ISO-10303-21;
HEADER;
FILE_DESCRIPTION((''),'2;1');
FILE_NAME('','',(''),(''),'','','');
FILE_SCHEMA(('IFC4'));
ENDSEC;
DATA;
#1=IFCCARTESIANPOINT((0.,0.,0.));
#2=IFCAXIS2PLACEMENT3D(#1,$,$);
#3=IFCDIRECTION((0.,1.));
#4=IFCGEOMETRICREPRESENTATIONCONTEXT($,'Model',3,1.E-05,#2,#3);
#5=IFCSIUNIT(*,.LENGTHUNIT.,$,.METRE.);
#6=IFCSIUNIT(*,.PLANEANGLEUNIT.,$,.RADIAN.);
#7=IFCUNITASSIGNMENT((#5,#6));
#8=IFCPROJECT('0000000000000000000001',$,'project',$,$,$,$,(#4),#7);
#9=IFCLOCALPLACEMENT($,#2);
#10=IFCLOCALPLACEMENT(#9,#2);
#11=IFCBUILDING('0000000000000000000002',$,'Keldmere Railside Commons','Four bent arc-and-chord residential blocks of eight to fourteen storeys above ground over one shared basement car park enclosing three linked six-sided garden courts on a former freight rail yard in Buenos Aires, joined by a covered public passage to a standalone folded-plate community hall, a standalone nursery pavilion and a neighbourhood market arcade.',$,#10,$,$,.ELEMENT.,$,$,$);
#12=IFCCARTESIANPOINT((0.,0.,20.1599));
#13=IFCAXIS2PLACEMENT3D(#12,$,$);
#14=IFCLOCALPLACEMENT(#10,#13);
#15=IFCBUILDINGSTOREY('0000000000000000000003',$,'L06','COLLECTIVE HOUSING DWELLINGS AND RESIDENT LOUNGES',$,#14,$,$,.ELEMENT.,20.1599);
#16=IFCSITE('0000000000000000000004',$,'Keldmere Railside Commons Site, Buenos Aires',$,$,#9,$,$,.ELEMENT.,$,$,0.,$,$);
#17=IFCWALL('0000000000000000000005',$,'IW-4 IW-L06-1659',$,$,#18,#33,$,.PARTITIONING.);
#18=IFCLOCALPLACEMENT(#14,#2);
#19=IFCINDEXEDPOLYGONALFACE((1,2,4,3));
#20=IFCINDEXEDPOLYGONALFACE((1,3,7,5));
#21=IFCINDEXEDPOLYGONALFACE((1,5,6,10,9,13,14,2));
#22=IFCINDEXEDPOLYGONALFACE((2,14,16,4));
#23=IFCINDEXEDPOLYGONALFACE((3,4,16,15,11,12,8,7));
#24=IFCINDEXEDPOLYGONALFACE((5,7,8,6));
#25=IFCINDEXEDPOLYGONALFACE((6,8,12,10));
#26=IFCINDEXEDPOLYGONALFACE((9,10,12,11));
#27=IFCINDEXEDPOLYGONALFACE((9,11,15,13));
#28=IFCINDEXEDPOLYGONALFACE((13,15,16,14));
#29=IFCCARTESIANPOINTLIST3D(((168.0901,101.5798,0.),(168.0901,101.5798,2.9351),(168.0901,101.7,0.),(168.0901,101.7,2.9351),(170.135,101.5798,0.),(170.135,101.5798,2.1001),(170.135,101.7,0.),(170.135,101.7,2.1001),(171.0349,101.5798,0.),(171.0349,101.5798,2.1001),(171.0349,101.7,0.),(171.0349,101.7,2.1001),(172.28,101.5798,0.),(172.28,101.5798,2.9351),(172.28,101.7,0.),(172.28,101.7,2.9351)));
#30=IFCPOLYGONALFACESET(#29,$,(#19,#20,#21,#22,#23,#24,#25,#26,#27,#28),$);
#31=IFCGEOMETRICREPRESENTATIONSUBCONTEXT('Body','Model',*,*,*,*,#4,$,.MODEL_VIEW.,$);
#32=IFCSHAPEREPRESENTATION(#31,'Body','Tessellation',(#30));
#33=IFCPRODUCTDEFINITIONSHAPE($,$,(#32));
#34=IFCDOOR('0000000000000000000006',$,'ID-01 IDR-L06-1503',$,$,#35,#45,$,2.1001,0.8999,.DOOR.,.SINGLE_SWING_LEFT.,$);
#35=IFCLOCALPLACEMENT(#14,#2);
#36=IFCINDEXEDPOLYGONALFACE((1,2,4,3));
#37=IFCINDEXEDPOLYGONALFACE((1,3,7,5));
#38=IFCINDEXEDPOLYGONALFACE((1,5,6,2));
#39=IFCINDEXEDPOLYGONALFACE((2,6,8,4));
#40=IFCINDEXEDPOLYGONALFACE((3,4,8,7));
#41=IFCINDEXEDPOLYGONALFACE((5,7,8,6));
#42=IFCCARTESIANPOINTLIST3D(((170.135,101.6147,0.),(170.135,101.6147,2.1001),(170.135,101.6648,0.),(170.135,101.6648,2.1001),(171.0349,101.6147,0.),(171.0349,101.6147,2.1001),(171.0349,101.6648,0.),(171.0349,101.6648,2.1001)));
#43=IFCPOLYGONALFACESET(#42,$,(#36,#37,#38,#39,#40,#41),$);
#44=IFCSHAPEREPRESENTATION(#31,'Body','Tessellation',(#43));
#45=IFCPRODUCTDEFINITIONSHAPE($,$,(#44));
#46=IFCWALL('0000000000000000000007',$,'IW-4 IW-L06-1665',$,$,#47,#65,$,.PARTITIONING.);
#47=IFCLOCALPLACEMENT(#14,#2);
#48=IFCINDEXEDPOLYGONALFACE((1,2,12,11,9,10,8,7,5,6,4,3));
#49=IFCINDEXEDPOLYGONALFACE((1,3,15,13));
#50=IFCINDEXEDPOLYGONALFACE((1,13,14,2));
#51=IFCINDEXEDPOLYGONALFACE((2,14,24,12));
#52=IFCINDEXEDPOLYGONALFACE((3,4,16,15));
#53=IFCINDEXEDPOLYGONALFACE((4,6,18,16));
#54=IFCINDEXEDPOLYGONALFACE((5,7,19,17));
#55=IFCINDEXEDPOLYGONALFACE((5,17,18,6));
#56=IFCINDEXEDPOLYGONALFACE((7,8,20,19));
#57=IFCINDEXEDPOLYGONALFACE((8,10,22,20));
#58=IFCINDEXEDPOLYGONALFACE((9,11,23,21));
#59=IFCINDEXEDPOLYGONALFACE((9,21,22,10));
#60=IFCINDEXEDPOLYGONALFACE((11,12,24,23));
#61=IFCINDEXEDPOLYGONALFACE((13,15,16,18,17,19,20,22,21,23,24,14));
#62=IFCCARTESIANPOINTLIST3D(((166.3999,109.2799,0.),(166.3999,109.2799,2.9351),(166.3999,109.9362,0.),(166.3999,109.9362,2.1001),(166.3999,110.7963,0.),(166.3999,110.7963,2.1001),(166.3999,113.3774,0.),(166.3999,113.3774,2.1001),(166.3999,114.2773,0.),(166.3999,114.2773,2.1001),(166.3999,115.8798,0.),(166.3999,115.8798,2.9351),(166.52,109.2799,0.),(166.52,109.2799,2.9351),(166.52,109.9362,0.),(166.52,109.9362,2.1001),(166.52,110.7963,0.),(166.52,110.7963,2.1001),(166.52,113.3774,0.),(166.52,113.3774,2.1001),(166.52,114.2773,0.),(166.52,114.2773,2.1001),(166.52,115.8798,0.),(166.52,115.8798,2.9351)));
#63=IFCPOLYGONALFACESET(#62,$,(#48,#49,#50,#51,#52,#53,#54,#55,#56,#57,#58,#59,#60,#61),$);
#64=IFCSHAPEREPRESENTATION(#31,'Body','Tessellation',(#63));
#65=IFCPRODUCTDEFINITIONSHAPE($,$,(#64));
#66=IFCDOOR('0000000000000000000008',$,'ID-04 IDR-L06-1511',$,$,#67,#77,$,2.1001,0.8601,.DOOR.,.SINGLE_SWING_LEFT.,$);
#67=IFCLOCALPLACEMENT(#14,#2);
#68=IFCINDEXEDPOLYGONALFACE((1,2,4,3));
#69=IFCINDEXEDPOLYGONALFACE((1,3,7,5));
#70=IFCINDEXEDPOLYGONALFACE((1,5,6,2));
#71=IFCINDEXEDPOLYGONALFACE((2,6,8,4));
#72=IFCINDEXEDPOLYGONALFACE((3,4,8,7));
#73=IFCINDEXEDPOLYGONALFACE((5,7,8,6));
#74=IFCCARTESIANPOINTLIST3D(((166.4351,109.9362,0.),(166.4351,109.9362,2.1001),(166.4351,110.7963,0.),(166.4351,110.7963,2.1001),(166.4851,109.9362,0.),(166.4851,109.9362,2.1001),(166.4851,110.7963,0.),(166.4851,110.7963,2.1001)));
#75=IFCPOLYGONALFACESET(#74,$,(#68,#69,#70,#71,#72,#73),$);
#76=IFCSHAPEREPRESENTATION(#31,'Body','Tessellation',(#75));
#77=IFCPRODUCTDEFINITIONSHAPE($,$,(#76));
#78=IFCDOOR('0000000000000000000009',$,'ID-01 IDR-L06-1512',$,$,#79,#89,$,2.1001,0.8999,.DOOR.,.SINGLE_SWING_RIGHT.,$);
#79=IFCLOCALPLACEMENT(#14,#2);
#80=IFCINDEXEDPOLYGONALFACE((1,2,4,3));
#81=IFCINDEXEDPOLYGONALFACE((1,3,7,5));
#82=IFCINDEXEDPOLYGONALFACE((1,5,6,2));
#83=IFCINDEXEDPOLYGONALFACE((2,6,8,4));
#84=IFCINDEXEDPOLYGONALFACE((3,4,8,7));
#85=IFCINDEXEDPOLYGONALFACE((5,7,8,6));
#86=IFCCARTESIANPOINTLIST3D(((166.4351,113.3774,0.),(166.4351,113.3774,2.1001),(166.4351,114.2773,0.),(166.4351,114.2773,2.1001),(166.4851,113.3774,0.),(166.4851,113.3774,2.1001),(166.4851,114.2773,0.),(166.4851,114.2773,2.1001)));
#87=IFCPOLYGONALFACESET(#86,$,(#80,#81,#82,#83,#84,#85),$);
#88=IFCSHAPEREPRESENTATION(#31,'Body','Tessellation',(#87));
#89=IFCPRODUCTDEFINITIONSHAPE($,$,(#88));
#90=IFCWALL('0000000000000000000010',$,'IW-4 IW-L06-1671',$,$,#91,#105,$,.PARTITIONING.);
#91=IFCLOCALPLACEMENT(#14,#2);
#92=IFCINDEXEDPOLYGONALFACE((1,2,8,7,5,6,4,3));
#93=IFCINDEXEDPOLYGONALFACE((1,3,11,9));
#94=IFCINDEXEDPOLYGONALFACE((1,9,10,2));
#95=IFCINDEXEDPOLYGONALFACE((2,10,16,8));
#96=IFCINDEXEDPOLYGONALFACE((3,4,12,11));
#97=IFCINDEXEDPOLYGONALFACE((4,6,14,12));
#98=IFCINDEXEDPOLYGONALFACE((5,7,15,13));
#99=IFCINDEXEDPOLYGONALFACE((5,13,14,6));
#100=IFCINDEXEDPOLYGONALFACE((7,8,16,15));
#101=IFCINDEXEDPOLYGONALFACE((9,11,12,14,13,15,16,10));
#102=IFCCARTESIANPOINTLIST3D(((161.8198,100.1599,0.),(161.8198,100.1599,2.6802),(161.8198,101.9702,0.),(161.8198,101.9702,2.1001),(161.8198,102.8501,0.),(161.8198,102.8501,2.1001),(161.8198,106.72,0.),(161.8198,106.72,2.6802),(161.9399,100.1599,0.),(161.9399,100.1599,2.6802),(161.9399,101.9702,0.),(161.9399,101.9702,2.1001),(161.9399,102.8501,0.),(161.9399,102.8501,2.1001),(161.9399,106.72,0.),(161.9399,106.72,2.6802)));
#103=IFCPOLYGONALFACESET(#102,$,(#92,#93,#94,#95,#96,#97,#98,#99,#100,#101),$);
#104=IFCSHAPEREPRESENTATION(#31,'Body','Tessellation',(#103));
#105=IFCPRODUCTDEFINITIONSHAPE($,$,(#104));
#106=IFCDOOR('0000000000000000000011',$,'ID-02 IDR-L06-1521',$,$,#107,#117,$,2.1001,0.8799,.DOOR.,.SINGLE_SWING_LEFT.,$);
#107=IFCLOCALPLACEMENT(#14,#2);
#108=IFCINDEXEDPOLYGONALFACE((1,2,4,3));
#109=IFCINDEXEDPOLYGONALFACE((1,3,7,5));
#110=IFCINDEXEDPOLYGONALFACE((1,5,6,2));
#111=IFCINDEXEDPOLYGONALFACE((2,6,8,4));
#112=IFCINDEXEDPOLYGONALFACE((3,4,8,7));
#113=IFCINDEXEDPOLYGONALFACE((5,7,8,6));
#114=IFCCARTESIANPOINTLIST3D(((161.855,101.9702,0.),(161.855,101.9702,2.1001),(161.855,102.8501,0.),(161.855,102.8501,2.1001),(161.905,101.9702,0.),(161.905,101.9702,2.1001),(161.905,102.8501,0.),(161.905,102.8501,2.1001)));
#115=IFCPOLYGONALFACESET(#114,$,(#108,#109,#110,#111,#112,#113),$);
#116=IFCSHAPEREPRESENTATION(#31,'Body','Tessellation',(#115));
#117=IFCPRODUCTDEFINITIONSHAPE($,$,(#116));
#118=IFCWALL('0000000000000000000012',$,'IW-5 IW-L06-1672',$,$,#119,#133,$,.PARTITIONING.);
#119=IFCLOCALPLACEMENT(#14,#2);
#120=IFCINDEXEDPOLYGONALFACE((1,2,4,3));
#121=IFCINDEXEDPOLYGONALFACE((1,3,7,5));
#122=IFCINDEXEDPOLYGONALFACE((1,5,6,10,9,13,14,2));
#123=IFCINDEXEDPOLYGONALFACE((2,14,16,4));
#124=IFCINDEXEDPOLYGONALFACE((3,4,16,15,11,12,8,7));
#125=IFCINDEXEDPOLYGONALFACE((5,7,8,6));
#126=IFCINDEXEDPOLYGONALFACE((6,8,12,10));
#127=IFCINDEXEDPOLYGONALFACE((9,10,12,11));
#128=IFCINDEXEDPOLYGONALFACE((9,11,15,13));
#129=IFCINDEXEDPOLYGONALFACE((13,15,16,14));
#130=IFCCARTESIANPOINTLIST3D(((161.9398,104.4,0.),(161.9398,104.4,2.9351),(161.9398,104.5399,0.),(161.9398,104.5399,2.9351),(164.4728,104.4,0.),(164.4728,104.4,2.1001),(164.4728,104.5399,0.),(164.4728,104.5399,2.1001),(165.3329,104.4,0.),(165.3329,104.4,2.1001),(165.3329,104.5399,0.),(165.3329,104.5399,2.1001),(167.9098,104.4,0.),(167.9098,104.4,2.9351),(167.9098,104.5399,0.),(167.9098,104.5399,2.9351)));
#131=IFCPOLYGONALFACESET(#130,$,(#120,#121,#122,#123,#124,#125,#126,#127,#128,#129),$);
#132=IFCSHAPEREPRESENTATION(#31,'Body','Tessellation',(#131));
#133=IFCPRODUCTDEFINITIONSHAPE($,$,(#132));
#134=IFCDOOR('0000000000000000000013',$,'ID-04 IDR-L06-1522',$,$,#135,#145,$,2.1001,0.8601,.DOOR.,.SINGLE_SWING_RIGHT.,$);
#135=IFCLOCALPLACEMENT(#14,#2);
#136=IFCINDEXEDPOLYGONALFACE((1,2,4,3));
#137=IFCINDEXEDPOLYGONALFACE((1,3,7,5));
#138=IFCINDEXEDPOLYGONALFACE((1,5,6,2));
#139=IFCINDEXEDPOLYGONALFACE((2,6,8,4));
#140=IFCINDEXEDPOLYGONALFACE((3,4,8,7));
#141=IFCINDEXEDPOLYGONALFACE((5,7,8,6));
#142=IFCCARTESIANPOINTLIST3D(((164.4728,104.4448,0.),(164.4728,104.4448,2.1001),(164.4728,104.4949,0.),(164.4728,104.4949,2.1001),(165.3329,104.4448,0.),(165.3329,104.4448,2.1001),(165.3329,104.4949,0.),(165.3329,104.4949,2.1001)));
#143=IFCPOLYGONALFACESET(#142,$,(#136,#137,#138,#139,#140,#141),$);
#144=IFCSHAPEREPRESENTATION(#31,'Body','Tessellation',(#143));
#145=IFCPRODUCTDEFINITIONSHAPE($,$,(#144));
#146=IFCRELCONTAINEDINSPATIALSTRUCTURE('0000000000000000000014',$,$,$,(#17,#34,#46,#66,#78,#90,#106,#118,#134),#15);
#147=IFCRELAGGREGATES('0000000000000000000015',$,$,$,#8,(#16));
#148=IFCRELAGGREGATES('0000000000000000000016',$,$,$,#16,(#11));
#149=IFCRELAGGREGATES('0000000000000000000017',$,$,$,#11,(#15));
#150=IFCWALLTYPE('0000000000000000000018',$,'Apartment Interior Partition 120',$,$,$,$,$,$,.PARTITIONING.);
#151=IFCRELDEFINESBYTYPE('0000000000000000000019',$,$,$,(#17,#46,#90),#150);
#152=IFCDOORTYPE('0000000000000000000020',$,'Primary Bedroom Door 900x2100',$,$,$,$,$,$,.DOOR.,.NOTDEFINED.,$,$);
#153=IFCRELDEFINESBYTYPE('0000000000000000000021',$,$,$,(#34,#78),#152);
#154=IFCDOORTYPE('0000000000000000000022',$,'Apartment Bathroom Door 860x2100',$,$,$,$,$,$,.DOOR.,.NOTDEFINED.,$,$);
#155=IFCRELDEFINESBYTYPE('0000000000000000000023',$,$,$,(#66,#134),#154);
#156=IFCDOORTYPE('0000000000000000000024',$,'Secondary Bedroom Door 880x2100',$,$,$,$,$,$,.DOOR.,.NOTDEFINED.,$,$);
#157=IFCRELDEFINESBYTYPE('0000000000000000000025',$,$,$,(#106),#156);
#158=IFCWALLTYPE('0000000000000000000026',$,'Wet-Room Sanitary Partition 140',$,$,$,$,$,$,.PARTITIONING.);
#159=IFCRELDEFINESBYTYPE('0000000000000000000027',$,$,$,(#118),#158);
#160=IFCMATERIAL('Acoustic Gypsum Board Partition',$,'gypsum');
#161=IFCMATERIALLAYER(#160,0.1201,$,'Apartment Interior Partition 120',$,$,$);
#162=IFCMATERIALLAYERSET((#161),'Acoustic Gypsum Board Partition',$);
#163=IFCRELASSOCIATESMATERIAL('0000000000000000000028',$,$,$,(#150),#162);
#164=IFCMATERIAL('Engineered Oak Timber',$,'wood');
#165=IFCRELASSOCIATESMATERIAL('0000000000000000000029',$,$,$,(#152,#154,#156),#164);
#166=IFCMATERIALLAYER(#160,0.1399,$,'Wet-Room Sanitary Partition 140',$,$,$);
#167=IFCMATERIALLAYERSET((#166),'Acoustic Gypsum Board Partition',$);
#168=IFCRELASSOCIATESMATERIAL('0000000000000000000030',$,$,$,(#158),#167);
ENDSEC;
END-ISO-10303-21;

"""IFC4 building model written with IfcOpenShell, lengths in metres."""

from ifc_helpers import new_model, si_unit, direction, frame, frame_2d, origin, place, context, subcontext, project, spatial, rectangle, extrude, material, layer, layer_set, type_object, element, fill, save


model = new_model("IFC4")

# Units and contexts
model_context = context("Model", 3, precision=1e-05, world=origin(), true_north=direction((0.0, 1.0)))
body_context = subcontext(model_context, "Body", "Model", "MODEL_VIEW")
ifc_project = project(units=[si_unit("LENGTHUNIT", "METRE"), si_unit("PLANEANGLEUNIT", "RADIAN")], contexts=[model_context])

# Site, building, storey
site_placement = place(None, origin())
site = spatial("IfcSite", under=ifc_project, at=site_placement, Name="Keldmere Railside Commons Site, Buenos Aires", CompositionType="ELEMENT", RefElevation=0.0)
building_placement = place(site_placement, origin())
building = spatial("IfcBuilding", under=site, at=building_placement, Name="Keldmere Railside Commons", Description="Four bent arc-and-chord residential blocks of eight to fourteen storeys above ground over one shared basement car park enclosing three linked six-sided garden courts on a former freight rail yard in Buenos Aires, joined by a covered public passage to a standalone folded-plate community hall, a standalone nursery pavilion and a neighbourhood market arcade.", CompositionType="ELEMENT")
storey_placement = place(building_placement, frame((0.0, 0.0, 20.1599)))
storey = spatial("IfcBuildingStorey", under=building, at=storey_placement, Name="L06", Description="COLLECTIVE HOUSING DWELLINGS AND RESIDENT LOUNGES", CompositionType="ELEMENT", Elevation=20.1599)

# Shared definitions
ifc_material_1 = material(Name="Acoustic Gypsum Board Partition", Category="gypsum")

# Wall, opening, door
ifc_layer_1 = layer(ifc_material_1, 0.1201, Name="Apartment Interior Partition 120")
ifc_layer_set_1 = layer_set([ifc_layer_1], Name="Acoustic Gypsum Board Partition")
wall_type_1 = type_object("IfcWallType", Name="Apartment Interior Partition 120", PredefinedType="PARTITIONING", material=ifc_layer_set_1)
wall_1_placement = place(storey_placement, frame((168.0901, 101.6399, 0.0), z_axis=(0.0, 0.0, 1.0), x_axis=(1.0, 0.0, 0.0)))
wall_1 = element("IfcWall", 1, at=wall_1_placement, inside=storey, type_object=wall_type_1, Name="IW-4 IW-L06-1659", PredefinedType="PARTITIONING", context=body_context, shape_type="SweptSolid", body=[
    extrude(rectangle(XDim=4.1899, YDim=0.1201, at=frame_2d((2.095, 0.0))), origin(), (0.0, 0.0, 1.0), 2.9351),
])
opening_1_placement = place(wall_1_placement, frame((2.0449, 0.0, 0.0)))
opening_1 = element("IfcOpeningElement", 2, at=opening_1_placement, cuts=wall_1, PredefinedType="OPENING", context=body_context, shape_type="SweptSolid", body=[
    extrude(rectangle(XDim=0.8999, YDim=2.1001, at=frame_2d((0.45, 1.05))), frame((0.0, 0.0701, 0.0), z_axis=(0.0, -1.0, 0.0), x_axis=(1.0, 0.0, 0.0)), (0.0, 0.0, 1.0), 0.1401),
])
ifc_material_2 = material(Name="Engineered Oak Timber", Category="wood")
door_type_1 = type_object("IfcDoorType", Name="Primary Bedroom Door 900x2100", OperationType="NOTDEFINED", PredefinedType="DOOR", material=ifc_material_2)
door_1_placement = place(opening_1_placement, origin())
door_1 = element("IfcDoor", 3, at=door_1_placement, inside=storey, type_object=door_type_1, Name="ID-01 IDR-L06-1503", OperationType="SINGLE_SWING_LEFT", OverallHeight=2.1001, OverallWidth=0.8999, PredefinedType="DOOR", context=body_context, shape_type="SweptSolid", body=[
    extrude(rectangle(XDim=0.8999, YDim=2.1001, at=frame_2d((0.45, 1.05))), frame((0.0, 0.0249, 0.0), z_axis=(0.0, -1.0, 0.0), x_axis=(1.0, 0.0, 0.0)), (0.0, 0.0, 1.0), 0.05),
])
fill(opening_1, door_1)

# Wall, openings, doors
wall_2_placement = place(storey_placement, frame((166.46, 109.28, 0.0), z_axis=(0.0, 0.0, 1.0), x_axis=(0.0, 1.0, 0.0)))
wall_2 = element("IfcWall", 4, at=wall_2_placement, inside=storey, type_object=wall_type_1, Name="IW-4 IW-L06-1665", PredefinedType="PARTITIONING", context=body_context, shape_type="SweptSolid", body=[
    extrude(rectangle(XDim=6.5999, YDim=0.1201, at=frame_2d((3.2998, 0.0))), origin(), (0.0, 0.0, 1.0), 2.9351),
])
opening_2_placement = place(wall_2_placement, frame((0.656, 0.0, 0.0)))
opening_2 = element("IfcOpeningElement", 5, at=opening_2_placement, cuts=wall_2, PredefinedType="OPENING", context=body_context, shape_type="SweptSolid", body=[
    extrude(rectangle(XDim=0.8601, YDim=2.1001, at=frame_2d((0.4302, 1.05))), frame((0.0, 0.0701, 0.0), z_axis=(0.0, -1.0, 0.0), x_axis=(1.0, 0.0, 0.0)), (0.0, 0.0, 1.0), 0.1401),
])
opening_3_placement = place(wall_2_placement, frame((4.0974, 0.0, 0.0)))
opening_3 = element("IfcOpeningElement", 6, at=opening_3_placement, cuts=wall_2, PredefinedType="OPENING", context=body_context, shape_type="SweptSolid", body=[
    extrude(rectangle(XDim=0.8999, YDim=2.1001, at=frame_2d((0.45, 1.05))), frame((0.0, 0.0701, 0.0), z_axis=(0.0, -1.0, 0.0), x_axis=(1.0, 0.0, 0.0)), (0.0, 0.0, 1.0), 0.1401),
])
door_type_2 = type_object("IfcDoorType", Name="Apartment Bathroom Door 860x2100", OperationType="NOTDEFINED", PredefinedType="DOOR", material=ifc_material_2)
door_2_placement = place(opening_2_placement, origin())
door_2 = element("IfcDoor", 7, at=door_2_placement, inside=storey, type_object=door_type_2, Name="ID-04 IDR-L06-1511", OperationType="SINGLE_SWING_LEFT", OverallHeight=2.1001, OverallWidth=0.8601, PredefinedType="DOOR", context=body_context, shape_type="SweptSolid", body=[
    extrude(rectangle(XDim=0.8601, YDim=2.1001, at=frame_2d((0.4302, 1.05))), frame((0.0, 0.0249, 0.0), z_axis=(0.0, -1.0, 0.0), x_axis=(1.0, 0.0, 0.0)), (0.0, 0.0, 1.0), 0.05),
])
fill(opening_2, door_2)
door_3_placement = place(opening_3_placement, origin())
door_3 = element("IfcDoor", 8, at=door_3_placement, inside=storey, type_object=door_type_1, Name="ID-01 IDR-L06-1512", OperationType="SINGLE_SWING_RIGHT", OverallHeight=2.1001, OverallWidth=0.8999, PredefinedType="DOOR", context=body_context, shape_type="SweptSolid", body=[
    extrude(rectangle(XDim=0.8999, YDim=2.1001, at=frame_2d((0.45, 1.05))), frame((0.0, 0.0249, 0.0), z_axis=(0.0, -1.0, 0.0), x_axis=(1.0, 0.0, 0.0)), (0.0, 0.0, 1.0), 0.05),
])
fill(opening_3, door_3)

# Walls, openings, doors
wall_3_placement = place(storey_placement, frame((161.8799, 100.1599, 0.0), z_axis=(0.0, 0.0, 1.0), x_axis=(0.0, 1.0, 0.0)))
wall_3 = element("IfcWall", 9, at=wall_3_placement, inside=storey, type_object=wall_type_1, Name="IW-4 IW-L06-1671", PredefinedType="PARTITIONING", context=body_context, shape_type="SweptSolid", body=[
    extrude(rectangle(XDim=6.5601, YDim=0.1201, at=frame_2d((3.28, 0.0))), origin(), (0.0, 0.0, 1.0), 2.6802),
])
opening_4_placement = place(wall_3_placement, frame((1.8103, 0.0, 0.0)))
opening_4 = element("IfcOpeningElement", 10, at=opening_4_placement, cuts=wall_3, PredefinedType="OPENING", context=body_context, shape_type="SweptSolid", body=[
    extrude(rectangle(XDim=0.8799, YDim=2.1001, at=frame_2d((0.4399, 1.05))), frame((0.0, 0.0701, 0.0), z_axis=(0.0, -1.0, 0.0), x_axis=(1.0, 0.0, 0.0)), (0.0, 0.0, 1.0), 0.1401),
])
door_type_3 = type_object("IfcDoorType", Name="Secondary Bedroom Door 880x2100", OperationType="NOTDEFINED", PredefinedType="DOOR", material=ifc_material_2)
door_4_placement = place(opening_4_placement, origin())
door_4 = element("IfcDoor", 11, at=door_4_placement, inside=storey, type_object=door_type_3, Name="ID-02 IDR-L06-1521", OperationType="SINGLE_SWING_LEFT", OverallHeight=2.1001, OverallWidth=0.8799, PredefinedType="DOOR", context=body_context, shape_type="SweptSolid", body=[
    extrude(rectangle(XDim=0.8799, YDim=2.1001, at=frame_2d((0.4399, 1.05))), frame((0.0, 0.0249, 0.0), z_axis=(0.0, -1.0, 0.0), x_axis=(1.0, 0.0, 0.0)), (0.0, 0.0, 1.0), 0.05),
])
fill(opening_4, door_4)
ifc_layer_2 = layer(ifc_material_1, 0.1399, Name="Wet-Room Sanitary Partition 140")
ifc_layer_set_2 = layer_set([ifc_layer_2], Name="Acoustic Gypsum Board Partition")
wall_type_2 = type_object("IfcWallType", Name="Wet-Room Sanitary Partition 140", PredefinedType="PARTITIONING", material=ifc_layer_set_2)
wall_4_placement = place(storey_placement, frame((161.9399, 104.47, 0.0), z_axis=(0.0, 0.0, 1.0), x_axis=(1.0, 0.0, 0.0)))
wall_4 = element("IfcWall", 12, at=wall_4_placement, inside=storey, type_object=wall_type_2, Name="IW-5 IW-L06-1672", PredefinedType="PARTITIONING", context=body_context, shape_type="SweptSolid", body=[
    extrude(rectangle(XDim=5.97, YDim=0.1399, at=frame_2d((2.9849, 0.0))), origin(), (0.0, 0.0, 1.0), 2.9351),
])
opening_5_placement = place(wall_4_placement, frame((2.5327, 0.0, 0.0)))
opening_5 = element("IfcOpeningElement", 13, at=opening_5_placement, cuts=wall_4, PredefinedType="OPENING", context=body_context, shape_type="SweptSolid", body=[
    extrude(rectangle(XDim=0.8601, YDim=2.1001, at=frame_2d((0.4302, 1.05))), frame((0.0, 0.0798, 0.0), z_axis=(0.0, -1.0, 0.0), x_axis=(1.0, 0.0, 0.0)), (0.0, 0.0, 1.0), 0.1599),
])
door_5_placement = place(opening_5_placement, origin())
door_5 = element("IfcDoor", 14, at=door_5_placement, inside=storey, type_object=door_type_2, Name="ID-04 IDR-L06-1522", OperationType="SINGLE_SWING_RIGHT", OverallHeight=2.1001, OverallWidth=0.8601, PredefinedType="DOOR", context=body_context, shape_type="SweptSolid", body=[
    extrude(rectangle(XDim=0.8601, YDim=2.1001, at=frame_2d((0.4302, 1.05))), frame((0.0, 0.0249, 0.0), z_axis=(0.0, -1.0, 0.0), x_axis=(1.0, 0.0, 0.0)), (0.0, 0.0, 1.0), 0.05),
])
fill(opening_5, door_5)

save(model, "model.ifc")
